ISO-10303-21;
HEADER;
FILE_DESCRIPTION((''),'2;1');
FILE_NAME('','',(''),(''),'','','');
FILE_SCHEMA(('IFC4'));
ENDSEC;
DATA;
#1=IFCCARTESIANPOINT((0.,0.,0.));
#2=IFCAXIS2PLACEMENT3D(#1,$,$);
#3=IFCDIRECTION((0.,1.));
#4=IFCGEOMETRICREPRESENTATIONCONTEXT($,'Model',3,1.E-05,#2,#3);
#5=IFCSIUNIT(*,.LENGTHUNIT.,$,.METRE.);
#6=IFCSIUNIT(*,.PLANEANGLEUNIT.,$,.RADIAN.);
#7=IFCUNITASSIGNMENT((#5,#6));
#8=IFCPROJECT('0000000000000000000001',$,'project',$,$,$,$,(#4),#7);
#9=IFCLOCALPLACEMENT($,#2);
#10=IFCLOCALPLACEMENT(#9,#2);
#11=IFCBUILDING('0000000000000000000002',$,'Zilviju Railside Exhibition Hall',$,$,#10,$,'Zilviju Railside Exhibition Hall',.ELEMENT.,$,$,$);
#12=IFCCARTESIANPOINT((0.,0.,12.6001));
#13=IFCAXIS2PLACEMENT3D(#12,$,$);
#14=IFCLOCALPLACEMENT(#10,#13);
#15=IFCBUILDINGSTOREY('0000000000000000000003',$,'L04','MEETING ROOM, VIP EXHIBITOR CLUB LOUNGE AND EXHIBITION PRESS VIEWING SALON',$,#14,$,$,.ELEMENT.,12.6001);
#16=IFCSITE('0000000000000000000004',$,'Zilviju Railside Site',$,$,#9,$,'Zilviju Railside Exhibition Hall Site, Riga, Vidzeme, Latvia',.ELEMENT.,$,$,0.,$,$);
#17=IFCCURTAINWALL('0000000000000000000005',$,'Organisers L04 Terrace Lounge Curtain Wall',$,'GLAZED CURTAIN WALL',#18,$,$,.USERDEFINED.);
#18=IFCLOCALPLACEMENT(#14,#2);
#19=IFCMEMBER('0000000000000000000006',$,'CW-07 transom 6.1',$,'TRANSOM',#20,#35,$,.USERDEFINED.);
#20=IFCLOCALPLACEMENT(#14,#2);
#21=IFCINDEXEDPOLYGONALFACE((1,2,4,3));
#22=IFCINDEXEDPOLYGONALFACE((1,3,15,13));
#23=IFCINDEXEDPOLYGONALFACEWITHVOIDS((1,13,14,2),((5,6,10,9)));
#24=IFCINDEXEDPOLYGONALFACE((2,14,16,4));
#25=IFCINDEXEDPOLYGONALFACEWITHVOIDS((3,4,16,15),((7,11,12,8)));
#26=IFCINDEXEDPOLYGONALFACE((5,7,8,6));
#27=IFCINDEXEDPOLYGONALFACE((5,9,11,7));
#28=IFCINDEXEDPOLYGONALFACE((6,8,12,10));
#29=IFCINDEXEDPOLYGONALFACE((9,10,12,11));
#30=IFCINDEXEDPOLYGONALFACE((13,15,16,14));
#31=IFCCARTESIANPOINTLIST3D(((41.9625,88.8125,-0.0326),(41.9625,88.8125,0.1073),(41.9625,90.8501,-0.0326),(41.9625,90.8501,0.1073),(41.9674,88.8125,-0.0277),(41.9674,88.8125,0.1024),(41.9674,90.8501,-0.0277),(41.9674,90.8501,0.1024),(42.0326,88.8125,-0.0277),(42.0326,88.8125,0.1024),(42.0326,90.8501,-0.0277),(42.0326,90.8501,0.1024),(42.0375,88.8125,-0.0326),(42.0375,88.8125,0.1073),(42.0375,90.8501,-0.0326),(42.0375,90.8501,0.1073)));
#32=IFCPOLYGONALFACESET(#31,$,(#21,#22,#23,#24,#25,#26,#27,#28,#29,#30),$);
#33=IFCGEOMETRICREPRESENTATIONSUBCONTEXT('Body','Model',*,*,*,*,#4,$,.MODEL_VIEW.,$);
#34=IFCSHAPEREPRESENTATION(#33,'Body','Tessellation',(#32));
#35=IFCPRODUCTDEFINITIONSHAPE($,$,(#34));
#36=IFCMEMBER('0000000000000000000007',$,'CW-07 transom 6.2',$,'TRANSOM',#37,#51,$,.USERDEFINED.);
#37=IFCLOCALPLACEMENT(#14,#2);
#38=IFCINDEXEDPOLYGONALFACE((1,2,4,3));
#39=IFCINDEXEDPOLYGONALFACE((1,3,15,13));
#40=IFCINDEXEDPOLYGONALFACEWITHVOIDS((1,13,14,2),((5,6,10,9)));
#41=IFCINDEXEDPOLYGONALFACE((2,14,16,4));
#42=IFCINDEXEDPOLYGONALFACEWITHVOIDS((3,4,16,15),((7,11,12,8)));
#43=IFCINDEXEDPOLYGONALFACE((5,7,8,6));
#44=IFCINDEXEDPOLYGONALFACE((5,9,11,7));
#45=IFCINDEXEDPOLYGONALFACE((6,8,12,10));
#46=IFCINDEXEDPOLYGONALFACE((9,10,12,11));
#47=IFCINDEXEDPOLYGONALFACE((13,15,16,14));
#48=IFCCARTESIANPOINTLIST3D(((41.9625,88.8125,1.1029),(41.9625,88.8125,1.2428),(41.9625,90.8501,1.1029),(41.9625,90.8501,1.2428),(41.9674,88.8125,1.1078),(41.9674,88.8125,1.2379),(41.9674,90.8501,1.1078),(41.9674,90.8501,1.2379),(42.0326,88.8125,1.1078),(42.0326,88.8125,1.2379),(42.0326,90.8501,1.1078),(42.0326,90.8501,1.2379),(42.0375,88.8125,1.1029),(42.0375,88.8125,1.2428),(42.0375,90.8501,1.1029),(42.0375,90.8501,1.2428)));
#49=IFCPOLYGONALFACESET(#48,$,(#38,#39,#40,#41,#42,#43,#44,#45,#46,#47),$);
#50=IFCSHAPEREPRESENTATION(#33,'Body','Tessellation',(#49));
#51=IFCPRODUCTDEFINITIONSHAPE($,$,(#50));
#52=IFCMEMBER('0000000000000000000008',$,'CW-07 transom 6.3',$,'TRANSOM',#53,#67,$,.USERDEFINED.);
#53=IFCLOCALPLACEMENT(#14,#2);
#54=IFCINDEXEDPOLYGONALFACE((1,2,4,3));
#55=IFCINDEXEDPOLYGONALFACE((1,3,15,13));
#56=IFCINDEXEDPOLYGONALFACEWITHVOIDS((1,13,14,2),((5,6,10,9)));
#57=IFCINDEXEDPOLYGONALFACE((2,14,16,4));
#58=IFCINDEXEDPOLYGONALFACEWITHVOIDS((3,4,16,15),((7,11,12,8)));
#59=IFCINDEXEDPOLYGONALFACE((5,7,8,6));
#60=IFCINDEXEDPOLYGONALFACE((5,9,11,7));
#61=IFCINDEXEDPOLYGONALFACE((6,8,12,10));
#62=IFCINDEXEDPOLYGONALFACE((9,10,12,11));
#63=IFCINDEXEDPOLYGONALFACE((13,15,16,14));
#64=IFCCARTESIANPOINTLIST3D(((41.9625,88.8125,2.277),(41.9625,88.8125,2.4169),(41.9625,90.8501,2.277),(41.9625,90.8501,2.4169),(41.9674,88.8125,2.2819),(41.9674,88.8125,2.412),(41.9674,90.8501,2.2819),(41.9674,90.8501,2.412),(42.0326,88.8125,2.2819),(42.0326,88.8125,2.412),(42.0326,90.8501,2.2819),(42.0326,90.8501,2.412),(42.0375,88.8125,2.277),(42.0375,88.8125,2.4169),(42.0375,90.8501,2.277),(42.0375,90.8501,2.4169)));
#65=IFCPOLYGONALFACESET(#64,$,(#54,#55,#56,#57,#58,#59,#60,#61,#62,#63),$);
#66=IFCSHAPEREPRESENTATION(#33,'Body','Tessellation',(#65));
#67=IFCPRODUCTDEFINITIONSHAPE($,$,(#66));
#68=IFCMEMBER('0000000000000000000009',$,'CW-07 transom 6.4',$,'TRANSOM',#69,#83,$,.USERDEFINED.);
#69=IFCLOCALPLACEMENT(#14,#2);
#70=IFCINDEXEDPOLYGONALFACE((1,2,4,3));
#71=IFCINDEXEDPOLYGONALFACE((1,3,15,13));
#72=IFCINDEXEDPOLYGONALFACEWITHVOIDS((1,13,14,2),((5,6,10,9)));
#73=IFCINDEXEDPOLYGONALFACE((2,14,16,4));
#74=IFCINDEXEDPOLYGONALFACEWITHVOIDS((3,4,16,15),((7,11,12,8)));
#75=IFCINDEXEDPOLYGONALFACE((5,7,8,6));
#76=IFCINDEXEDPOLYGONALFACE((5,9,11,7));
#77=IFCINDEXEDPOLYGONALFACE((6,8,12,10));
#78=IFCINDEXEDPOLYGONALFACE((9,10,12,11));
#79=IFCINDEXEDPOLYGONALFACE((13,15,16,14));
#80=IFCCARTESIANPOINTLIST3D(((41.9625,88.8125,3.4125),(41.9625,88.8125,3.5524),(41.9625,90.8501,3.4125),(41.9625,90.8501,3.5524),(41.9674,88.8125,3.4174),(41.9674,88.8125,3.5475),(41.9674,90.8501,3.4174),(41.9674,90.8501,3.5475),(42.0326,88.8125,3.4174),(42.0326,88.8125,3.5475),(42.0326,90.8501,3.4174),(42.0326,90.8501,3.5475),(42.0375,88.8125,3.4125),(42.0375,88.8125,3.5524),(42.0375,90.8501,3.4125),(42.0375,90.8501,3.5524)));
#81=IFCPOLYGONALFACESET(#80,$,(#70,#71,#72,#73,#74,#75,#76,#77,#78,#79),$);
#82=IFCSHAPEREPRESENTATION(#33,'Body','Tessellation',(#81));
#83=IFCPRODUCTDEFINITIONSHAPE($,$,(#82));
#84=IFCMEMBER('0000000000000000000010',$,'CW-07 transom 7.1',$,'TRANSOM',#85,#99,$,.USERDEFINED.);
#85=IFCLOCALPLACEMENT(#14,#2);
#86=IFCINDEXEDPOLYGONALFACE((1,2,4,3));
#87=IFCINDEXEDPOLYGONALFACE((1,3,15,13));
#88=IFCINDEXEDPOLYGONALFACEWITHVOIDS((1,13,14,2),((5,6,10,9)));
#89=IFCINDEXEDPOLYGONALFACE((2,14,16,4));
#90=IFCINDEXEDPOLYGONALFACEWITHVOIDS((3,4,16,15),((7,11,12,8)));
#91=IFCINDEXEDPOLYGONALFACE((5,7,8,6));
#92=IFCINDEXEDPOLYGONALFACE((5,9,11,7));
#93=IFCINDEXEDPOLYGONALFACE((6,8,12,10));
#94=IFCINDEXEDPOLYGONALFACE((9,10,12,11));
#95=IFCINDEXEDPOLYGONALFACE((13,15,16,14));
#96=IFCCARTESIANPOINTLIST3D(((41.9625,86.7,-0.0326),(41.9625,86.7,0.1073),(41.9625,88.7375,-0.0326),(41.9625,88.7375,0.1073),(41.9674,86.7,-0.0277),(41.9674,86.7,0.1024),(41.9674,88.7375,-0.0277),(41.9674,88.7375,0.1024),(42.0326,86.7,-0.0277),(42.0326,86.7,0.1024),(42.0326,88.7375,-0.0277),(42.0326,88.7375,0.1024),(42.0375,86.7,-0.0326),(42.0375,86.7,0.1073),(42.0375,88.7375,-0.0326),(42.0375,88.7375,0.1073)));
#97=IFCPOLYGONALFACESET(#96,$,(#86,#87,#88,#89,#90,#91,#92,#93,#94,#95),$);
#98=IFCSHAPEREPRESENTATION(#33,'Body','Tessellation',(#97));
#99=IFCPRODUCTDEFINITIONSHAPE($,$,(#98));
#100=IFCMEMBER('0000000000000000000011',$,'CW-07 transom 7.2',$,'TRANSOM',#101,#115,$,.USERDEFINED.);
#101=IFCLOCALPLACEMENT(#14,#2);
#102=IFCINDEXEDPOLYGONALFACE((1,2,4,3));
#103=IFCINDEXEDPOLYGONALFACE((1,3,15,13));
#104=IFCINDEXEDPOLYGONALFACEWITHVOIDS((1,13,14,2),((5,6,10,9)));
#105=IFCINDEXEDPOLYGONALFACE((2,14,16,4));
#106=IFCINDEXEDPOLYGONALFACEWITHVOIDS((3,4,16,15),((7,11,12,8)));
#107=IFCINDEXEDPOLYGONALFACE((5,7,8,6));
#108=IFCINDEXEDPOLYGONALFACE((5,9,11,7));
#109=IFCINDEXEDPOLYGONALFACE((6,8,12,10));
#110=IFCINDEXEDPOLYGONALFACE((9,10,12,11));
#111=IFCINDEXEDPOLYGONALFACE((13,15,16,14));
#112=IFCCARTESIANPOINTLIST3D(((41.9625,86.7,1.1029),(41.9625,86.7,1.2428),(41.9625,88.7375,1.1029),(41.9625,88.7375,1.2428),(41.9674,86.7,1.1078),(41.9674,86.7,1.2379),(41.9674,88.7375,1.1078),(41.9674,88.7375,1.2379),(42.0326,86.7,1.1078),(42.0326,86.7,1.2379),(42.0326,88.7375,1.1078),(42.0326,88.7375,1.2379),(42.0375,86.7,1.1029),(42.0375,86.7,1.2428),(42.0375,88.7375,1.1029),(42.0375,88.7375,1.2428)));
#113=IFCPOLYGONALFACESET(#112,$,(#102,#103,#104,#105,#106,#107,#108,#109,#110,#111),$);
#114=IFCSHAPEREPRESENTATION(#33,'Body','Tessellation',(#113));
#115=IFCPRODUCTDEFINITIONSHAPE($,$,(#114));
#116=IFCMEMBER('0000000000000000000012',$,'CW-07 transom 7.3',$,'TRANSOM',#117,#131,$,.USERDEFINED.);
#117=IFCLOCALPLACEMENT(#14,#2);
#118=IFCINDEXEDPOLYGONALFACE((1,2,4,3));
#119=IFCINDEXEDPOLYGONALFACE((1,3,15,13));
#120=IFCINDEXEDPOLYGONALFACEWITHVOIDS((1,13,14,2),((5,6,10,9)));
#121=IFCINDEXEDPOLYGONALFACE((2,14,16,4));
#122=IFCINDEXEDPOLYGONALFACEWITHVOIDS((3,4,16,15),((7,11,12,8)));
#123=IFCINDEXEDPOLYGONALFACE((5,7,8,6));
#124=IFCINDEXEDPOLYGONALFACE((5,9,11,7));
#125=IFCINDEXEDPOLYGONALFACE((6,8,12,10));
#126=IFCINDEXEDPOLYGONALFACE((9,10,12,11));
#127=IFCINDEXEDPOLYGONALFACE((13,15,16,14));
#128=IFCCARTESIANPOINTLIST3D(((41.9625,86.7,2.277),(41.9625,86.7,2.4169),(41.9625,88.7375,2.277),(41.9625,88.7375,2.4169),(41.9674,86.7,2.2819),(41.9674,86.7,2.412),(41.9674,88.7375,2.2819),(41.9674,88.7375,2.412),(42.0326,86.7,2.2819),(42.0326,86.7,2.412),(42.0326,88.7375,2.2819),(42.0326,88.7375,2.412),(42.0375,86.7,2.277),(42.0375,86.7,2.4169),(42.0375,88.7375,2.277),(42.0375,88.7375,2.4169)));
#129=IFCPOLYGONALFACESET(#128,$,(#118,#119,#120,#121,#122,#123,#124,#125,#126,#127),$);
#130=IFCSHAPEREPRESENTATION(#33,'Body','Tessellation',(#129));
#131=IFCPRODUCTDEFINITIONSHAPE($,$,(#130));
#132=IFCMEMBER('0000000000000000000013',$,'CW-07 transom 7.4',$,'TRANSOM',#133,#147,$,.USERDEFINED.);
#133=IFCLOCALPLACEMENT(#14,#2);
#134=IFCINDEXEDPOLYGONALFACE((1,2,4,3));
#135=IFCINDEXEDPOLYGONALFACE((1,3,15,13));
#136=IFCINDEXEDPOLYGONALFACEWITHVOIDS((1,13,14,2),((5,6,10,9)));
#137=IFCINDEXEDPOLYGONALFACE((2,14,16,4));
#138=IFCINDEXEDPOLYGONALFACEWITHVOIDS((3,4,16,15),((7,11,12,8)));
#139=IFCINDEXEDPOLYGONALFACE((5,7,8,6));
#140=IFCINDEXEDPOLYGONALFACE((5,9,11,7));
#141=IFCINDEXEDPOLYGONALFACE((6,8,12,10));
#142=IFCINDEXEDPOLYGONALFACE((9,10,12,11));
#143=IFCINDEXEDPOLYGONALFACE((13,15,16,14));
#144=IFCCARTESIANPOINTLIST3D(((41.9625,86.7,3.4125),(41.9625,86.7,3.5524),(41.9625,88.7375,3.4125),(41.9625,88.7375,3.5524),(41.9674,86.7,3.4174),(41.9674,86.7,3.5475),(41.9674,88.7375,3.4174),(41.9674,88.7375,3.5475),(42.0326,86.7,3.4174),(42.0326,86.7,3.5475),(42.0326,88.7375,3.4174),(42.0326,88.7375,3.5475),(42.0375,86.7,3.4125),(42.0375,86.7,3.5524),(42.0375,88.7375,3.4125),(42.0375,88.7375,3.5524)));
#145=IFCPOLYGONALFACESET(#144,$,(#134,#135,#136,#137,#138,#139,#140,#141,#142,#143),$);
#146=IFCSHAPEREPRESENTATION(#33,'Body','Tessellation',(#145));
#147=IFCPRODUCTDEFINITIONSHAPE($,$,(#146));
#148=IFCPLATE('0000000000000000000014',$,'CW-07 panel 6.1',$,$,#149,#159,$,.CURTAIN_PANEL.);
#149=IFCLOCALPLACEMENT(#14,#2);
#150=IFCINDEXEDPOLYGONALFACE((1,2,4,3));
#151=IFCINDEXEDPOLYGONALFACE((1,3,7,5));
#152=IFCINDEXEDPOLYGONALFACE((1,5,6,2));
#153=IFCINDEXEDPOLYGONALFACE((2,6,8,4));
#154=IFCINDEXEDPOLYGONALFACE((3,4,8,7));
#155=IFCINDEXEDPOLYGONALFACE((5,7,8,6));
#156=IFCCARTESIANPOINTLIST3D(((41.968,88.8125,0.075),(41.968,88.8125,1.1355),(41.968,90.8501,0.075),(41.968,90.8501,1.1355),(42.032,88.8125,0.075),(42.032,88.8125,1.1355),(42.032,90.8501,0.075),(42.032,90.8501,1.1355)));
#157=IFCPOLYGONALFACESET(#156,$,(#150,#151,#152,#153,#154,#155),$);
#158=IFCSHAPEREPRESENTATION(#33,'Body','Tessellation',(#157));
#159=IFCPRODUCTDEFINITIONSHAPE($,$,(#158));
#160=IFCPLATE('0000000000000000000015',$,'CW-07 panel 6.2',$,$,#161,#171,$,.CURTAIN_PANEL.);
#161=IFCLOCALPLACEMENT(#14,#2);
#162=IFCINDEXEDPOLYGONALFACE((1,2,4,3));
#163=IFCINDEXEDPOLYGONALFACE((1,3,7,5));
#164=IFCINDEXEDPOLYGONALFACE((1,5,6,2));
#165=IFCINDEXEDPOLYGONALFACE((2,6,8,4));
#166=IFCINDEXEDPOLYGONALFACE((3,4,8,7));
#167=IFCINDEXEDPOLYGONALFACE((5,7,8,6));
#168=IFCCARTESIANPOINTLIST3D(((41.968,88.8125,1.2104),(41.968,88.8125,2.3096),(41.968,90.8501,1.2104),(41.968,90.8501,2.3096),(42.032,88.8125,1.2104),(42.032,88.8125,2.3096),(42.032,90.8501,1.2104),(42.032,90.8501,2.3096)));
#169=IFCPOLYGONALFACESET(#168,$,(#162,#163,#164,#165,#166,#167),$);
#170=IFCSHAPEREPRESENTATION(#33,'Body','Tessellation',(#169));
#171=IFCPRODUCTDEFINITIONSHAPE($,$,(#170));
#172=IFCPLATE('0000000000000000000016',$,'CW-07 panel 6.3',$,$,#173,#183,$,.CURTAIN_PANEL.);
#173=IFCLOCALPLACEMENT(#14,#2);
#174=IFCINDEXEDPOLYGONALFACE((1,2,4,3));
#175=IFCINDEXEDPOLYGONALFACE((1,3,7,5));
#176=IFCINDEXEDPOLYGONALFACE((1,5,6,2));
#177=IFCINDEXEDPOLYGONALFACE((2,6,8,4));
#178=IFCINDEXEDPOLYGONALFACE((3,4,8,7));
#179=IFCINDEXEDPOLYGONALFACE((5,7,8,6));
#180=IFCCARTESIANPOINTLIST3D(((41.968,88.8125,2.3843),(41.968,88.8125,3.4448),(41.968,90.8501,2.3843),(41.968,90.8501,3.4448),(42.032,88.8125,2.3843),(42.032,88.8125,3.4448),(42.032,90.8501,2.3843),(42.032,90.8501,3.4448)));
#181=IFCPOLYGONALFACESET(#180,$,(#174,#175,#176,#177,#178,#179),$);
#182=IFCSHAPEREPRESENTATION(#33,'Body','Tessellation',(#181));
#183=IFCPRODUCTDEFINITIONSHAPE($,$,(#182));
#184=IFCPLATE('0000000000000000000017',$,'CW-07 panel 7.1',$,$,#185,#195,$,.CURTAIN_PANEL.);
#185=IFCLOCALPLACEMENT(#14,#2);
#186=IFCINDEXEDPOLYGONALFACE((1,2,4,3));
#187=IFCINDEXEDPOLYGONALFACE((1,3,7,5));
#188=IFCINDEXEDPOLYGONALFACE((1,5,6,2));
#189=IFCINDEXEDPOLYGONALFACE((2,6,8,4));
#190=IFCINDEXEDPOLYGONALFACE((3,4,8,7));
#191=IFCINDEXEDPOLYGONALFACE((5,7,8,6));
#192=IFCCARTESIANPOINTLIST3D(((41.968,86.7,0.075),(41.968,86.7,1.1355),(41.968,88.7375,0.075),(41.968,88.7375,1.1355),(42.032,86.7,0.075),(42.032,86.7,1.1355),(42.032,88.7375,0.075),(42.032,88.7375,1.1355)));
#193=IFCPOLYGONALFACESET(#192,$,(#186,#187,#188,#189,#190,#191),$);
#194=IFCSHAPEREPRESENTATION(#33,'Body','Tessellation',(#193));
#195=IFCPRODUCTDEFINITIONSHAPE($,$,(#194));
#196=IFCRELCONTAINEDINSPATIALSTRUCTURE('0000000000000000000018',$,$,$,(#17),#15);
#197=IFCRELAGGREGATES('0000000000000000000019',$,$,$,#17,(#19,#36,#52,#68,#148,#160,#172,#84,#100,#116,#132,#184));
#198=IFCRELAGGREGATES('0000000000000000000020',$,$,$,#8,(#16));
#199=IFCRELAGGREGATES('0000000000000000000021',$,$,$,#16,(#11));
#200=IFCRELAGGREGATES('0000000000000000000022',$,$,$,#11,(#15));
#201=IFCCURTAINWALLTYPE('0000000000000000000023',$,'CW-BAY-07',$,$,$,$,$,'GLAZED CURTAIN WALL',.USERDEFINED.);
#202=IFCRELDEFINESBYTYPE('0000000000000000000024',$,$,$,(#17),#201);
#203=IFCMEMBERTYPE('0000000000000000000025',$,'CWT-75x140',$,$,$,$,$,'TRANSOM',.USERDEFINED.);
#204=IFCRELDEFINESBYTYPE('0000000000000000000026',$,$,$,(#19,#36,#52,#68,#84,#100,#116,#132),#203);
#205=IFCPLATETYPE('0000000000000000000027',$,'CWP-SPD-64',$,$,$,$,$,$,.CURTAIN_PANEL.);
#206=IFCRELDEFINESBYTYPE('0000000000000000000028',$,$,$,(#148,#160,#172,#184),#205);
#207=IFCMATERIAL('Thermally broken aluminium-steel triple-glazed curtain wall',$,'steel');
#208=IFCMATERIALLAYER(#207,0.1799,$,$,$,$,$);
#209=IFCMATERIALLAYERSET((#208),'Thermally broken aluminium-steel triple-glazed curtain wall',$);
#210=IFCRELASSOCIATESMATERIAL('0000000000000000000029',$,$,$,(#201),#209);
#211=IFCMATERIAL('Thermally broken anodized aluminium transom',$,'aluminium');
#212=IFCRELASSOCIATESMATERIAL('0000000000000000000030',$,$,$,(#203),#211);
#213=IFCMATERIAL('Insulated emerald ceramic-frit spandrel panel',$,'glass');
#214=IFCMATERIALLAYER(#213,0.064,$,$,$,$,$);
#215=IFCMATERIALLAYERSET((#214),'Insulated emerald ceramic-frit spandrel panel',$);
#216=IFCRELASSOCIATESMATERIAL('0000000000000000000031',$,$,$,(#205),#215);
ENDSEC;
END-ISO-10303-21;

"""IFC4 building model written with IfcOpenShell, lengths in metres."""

from ifc_helpers import new_model, si_unit, direction, frame, origin, origin_2d, place, context, subcontext, project, spatial, rectangle, hollow_rectangle, extrude, material, layer, layer_set, material_profile, profile_set, type_object, element, aggregate, save


model = new_model("IFC4")

# Units and contexts
model_context = context("Model", 3, precision=1e-05, world=origin(), true_north=direction((0.0, 1.0)))
body_context = subcontext(model_context, "Body", "Model", "MODEL_VIEW")
ifc_project = project(units=[si_unit("LENGTHUNIT", "METRE"), si_unit("PLANEANGLEUNIT", "RADIAN")], contexts=[model_context])

# Site, building, storey
site_placement = place(None, origin())
site = spatial("IfcSite", under=ifc_project, at=site_placement, Name="Zilviju Railside Site", LongName="Zilviju Railside Exhibition Hall Site, Riga, Vidzeme, Latvia", CompositionType="ELEMENT", RefElevation=0.0)
building_placement = place(site_placement, origin())
building = spatial("IfcBuilding", under=site, at=building_placement, Name="Zilviju Railside Exhibition Hall", LongName="Zilviju Railside Exhibition Hall", CompositionType="ELEMENT")
storey_placement = place(building_placement, frame((0.0, 0.0, 12.6001)))
storey = spatial("IfcBuildingStorey", under=building, at=storey_placement, Name="L04", Description="MEETING ROOM, VIP EXHIBITOR CLUB LOUNGE AND EXHIBITION PRESS VIEWING SALON", CompositionType="ELEMENT", Elevation=12.6001)

# Curtain wall, members, plates
ifc_material_1 = material(Name="Thermally broken aluminium-steel triple-glazed curtain wall", Category="steel")
ifc_layer_1 = layer(ifc_material_1, 0.1799)
ifc_layer_set_1 = layer_set([ifc_layer_1], Name="Thermally broken aluminium-steel triple-glazed curtain wall")
curtain_wall_type = type_object("IfcCurtainWallType", Name="CW-BAY-07", ElementType="GLAZED CURTAIN WALL", PredefinedType="USERDEFINED", material=ifc_layer_set_1)
curtain_wall_placement = place(storey_placement, origin())
curtain_wall = element("IfcCurtainWall", 1, at=curtain_wall_placement, inside=storey, type_object=curtain_wall_type, Name="Organisers L04 Terrace Lounge Curtain Wall", ObjectType="GLAZED CURTAIN WALL", PredefinedType="USERDEFINED")
ifc_material_2 = material(Name="Thermally broken anodized aluminium transom", Category="aluminium")
ifc_material_profile_1 = material_profile(ifc_material_2, hollow_rectangle(XDim=0.075, YDim=0.1399, WallThickness=0.0049, at=origin_2d()), Name="TRANSOM 140x75x5")
ifc_profile_set_1 = profile_set([ifc_material_profile_1], Name="Thermally broken anodized aluminium transom")
member_type_1 = type_object("IfcMemberType", Name="CWT-75x140", ElementType="TRANSOM", PredefinedType="USERDEFINED", material=ifc_profile_set_1)
member_1_placement = place(storey_placement, frame((42.0, 90.8501, 0.0374), z_axis=(0.0, -1.0, 0.0), x_axis=(1.0, 0.0, 0.0)))
member_1 = element("IfcMember", 2, at=member_1_placement, type_object=member_type_1, Name="CW-07 transom 6.1", ObjectType="TRANSOM", PredefinedType="USERDEFINED", context=body_context, shape_type="SweptSolid", body=[
    extrude(hollow_rectangle(XDim=0.075, YDim=0.1399, WallThickness=0.0049, at=origin_2d()), origin(), (0.0, 0.0, 1.0), 2.0376),
])
member_2_placement = place(storey_placement, frame((42.0, 90.8501, 1.1729), z_axis=(0.0, -1.0, 0.0), x_axis=(1.0, 0.0, 0.0)))
member_2 = element("IfcMember", 3, at=member_2_placement, type_object=member_type_1, Name="CW-07 transom 6.2", ObjectType="TRANSOM", PredefinedType="USERDEFINED", context=body_context, shape_type="SweptSolid", body=[
    extrude(hollow_rectangle(XDim=0.075, YDim=0.1399, WallThickness=0.0049, at=origin_2d()), origin(), (0.0, 0.0, 1.0), 2.0376),
])
member_3_placement = place(storey_placement, frame((42.0, 90.8501, 2.3469), z_axis=(0.0, -1.0, 0.0), x_axis=(1.0, 0.0, 0.0)))
member_3 = element("IfcMember", 4, at=member_3_placement, type_object=member_type_1, Name="CW-07 transom 6.3", ObjectType="TRANSOM", PredefinedType="USERDEFINED", context=body_context, shape_type="SweptSolid", body=[
    extrude(hollow_rectangle(XDim=0.075, YDim=0.1399, WallThickness=0.0049, at=origin_2d()), origin(), (0.0, 0.0, 1.0), 2.0376),
])
member_4_placement = place(storey_placement, frame((42.0, 90.8501, 3.4824), z_axis=(0.0, -1.0, 0.0), x_axis=(1.0, 0.0, 0.0)))
member_4 = element("IfcMember", 5, at=member_4_placement, type_object=member_type_1, Name="CW-07 transom 6.4", ObjectType="TRANSOM", PredefinedType="USERDEFINED", context=body_context, shape_type="SweptSolid", body=[
    extrude(hollow_rectangle(XDim=0.075, YDim=0.1399, WallThickness=0.0049, at=origin_2d()), origin(), (0.0, 0.0, 1.0), 2.0376),
])
member_5_placement = place(storey_placement, frame((42.0, 88.7375, 0.0374), z_axis=(0.0, -1.0, 0.0), x_axis=(1.0, 0.0, 0.0)))
member_5 = element("IfcMember", 6, at=member_5_placement, type_object=member_type_1, Name="CW-07 transom 7.1", ObjectType="TRANSOM", PredefinedType="USERDEFINED", context=body_context, shape_type="SweptSolid", body=[
    extrude(hollow_rectangle(XDim=0.075, YDim=0.1399, WallThickness=0.0049, at=origin_2d()), origin(), (0.0, 0.0, 1.0), 2.0376),
])
member_6_placement = place(storey_placement, frame((42.0, 88.7375, 1.1729), z_axis=(0.0, -1.0, 0.0), x_axis=(1.0, 0.0, 0.0)))
member_6 = element("IfcMember", 7, at=member_6_placement, type_object=member_type_1, Name="CW-07 transom 7.2", ObjectType="TRANSOM", PredefinedType="USERDEFINED", context=body_context, shape_type="SweptSolid", body=[
    extrude(hollow_rectangle(XDim=0.075, YDim=0.1399, WallThickness=0.0049, at=origin_2d()), origin(), (0.0, 0.0, 1.0), 2.0376),
])
member_7_placement = place(storey_placement, frame((42.0, 88.7375, 2.3469), z_axis=(0.0, -1.0, 0.0), x_axis=(1.0, 0.0, 0.0)))
member_7 = element("IfcMember", 8, at=member_7_placement, type_object=member_type_1, Name="CW-07 transom 7.3", ObjectType="TRANSOM", PredefinedType="USERDEFINED", context=body_context, shape_type="SweptSolid", body=[
    extrude(hollow_rectangle(XDim=0.075, YDim=0.1399, WallThickness=0.0049, at=origin_2d()), origin(), (0.0, 0.0, 1.0), 2.0376),
])
member_8_placement = place(storey_placement, frame((42.0, 88.7375, 3.4824), z_axis=(0.0, -1.0, 0.0), x_axis=(1.0, 0.0, 0.0)))
member_8 = element("IfcMember", 9, at=member_8_placement, type_object=member_type_1, Name="CW-07 transom 7.4", ObjectType="TRANSOM", PredefinedType="USERDEFINED", context=body_context, shape_type="SweptSolid", body=[
    extrude(hollow_rectangle(XDim=0.075, YDim=0.1399, WallThickness=0.0049, at=origin_2d()), origin(), (0.0, 0.0, 1.0), 2.0376),
])
ifc_material_3 = material(Name="Insulated emerald ceramic-frit spandrel panel", Category="glass")
ifc_layer_2 = layer(ifc_material_3, 0.064)
ifc_layer_set_2 = layer_set([ifc_layer_2], Name="Insulated emerald ceramic-frit spandrel panel")
plate_type = type_object("IfcPlateType", Name="CWP-SPD-64", PredefinedType="CURTAIN_PANEL", material=ifc_layer_set_2)
plate_1_placement = place(storey_placement, frame((42.0, 89.8313, 0.075), z_axis=(0.0, 0.0, 1.0), x_axis=(0.0, -1.0, 0.0)))
plate_1 = element("IfcPlate", 10, at=plate_1_placement, type_object=plate_type, Name="CW-07 panel 6.1", PredefinedType="CURTAIN_PANEL", context=body_context, shape_type="SweptSolid", body=[
    extrude(rectangle(XDim=2.0376, YDim=0.064, at=origin_2d()), origin(), (0.0, 0.0, 1.0), 1.0605),
])
plate_2_placement = place(storey_placement, frame((42.0, 89.8313, 1.2104), z_axis=(0.0, 0.0, 1.0), x_axis=(0.0, -1.0, 0.0)))
plate_2 = element("IfcPlate", 11, at=plate_2_placement, type_object=plate_type, Name="CW-07 panel 6.2", PredefinedType="CURTAIN_PANEL", context=body_context, shape_type="SweptSolid", body=[
    extrude(rectangle(XDim=2.0376, YDim=0.064, at=origin_2d()), origin(), (0.0, 0.0, 1.0), 1.0991),
])
plate_3_placement = place(storey_placement, frame((42.0, 89.8313, 2.3843), z_axis=(0.0, 0.0, 1.0), x_axis=(0.0, -1.0, 0.0)))
plate_3 = element("IfcPlate", 12, at=plate_3_placement, type_object=plate_type, Name="CW-07 panel 6.3", PredefinedType="CURTAIN_PANEL", context=body_context, shape_type="SweptSolid", body=[
    extrude(rectangle(XDim=2.0376, YDim=0.064, at=origin_2d()), origin(), (0.0, 0.0, 1.0), 1.0605),
])
plate_4_placement = place(storey_placement, frame((42.0, 87.7188, 0.075), z_axis=(0.0, 0.0, 1.0), x_axis=(0.0, -1.0, 0.0)))
plate_4 = element("IfcPlate", 13, at=plate_4_placement, type_object=plate_type, Name="CW-07 panel 7.1", PredefinedType="CURTAIN_PANEL", context=body_context, shape_type="SweptSolid", body=[
    extrude(rectangle(XDim=2.0376, YDim=0.064, at=origin_2d()), origin(), (0.0, 0.0, 1.0), 1.0605),
])
aggregate(curtain_wall, [member_1, member_2, member_3, member_4, plate_1, plate_2, plate_3, member_5, member_6, member_7, member_8, plate_4])

save(model, "model.ifc")
